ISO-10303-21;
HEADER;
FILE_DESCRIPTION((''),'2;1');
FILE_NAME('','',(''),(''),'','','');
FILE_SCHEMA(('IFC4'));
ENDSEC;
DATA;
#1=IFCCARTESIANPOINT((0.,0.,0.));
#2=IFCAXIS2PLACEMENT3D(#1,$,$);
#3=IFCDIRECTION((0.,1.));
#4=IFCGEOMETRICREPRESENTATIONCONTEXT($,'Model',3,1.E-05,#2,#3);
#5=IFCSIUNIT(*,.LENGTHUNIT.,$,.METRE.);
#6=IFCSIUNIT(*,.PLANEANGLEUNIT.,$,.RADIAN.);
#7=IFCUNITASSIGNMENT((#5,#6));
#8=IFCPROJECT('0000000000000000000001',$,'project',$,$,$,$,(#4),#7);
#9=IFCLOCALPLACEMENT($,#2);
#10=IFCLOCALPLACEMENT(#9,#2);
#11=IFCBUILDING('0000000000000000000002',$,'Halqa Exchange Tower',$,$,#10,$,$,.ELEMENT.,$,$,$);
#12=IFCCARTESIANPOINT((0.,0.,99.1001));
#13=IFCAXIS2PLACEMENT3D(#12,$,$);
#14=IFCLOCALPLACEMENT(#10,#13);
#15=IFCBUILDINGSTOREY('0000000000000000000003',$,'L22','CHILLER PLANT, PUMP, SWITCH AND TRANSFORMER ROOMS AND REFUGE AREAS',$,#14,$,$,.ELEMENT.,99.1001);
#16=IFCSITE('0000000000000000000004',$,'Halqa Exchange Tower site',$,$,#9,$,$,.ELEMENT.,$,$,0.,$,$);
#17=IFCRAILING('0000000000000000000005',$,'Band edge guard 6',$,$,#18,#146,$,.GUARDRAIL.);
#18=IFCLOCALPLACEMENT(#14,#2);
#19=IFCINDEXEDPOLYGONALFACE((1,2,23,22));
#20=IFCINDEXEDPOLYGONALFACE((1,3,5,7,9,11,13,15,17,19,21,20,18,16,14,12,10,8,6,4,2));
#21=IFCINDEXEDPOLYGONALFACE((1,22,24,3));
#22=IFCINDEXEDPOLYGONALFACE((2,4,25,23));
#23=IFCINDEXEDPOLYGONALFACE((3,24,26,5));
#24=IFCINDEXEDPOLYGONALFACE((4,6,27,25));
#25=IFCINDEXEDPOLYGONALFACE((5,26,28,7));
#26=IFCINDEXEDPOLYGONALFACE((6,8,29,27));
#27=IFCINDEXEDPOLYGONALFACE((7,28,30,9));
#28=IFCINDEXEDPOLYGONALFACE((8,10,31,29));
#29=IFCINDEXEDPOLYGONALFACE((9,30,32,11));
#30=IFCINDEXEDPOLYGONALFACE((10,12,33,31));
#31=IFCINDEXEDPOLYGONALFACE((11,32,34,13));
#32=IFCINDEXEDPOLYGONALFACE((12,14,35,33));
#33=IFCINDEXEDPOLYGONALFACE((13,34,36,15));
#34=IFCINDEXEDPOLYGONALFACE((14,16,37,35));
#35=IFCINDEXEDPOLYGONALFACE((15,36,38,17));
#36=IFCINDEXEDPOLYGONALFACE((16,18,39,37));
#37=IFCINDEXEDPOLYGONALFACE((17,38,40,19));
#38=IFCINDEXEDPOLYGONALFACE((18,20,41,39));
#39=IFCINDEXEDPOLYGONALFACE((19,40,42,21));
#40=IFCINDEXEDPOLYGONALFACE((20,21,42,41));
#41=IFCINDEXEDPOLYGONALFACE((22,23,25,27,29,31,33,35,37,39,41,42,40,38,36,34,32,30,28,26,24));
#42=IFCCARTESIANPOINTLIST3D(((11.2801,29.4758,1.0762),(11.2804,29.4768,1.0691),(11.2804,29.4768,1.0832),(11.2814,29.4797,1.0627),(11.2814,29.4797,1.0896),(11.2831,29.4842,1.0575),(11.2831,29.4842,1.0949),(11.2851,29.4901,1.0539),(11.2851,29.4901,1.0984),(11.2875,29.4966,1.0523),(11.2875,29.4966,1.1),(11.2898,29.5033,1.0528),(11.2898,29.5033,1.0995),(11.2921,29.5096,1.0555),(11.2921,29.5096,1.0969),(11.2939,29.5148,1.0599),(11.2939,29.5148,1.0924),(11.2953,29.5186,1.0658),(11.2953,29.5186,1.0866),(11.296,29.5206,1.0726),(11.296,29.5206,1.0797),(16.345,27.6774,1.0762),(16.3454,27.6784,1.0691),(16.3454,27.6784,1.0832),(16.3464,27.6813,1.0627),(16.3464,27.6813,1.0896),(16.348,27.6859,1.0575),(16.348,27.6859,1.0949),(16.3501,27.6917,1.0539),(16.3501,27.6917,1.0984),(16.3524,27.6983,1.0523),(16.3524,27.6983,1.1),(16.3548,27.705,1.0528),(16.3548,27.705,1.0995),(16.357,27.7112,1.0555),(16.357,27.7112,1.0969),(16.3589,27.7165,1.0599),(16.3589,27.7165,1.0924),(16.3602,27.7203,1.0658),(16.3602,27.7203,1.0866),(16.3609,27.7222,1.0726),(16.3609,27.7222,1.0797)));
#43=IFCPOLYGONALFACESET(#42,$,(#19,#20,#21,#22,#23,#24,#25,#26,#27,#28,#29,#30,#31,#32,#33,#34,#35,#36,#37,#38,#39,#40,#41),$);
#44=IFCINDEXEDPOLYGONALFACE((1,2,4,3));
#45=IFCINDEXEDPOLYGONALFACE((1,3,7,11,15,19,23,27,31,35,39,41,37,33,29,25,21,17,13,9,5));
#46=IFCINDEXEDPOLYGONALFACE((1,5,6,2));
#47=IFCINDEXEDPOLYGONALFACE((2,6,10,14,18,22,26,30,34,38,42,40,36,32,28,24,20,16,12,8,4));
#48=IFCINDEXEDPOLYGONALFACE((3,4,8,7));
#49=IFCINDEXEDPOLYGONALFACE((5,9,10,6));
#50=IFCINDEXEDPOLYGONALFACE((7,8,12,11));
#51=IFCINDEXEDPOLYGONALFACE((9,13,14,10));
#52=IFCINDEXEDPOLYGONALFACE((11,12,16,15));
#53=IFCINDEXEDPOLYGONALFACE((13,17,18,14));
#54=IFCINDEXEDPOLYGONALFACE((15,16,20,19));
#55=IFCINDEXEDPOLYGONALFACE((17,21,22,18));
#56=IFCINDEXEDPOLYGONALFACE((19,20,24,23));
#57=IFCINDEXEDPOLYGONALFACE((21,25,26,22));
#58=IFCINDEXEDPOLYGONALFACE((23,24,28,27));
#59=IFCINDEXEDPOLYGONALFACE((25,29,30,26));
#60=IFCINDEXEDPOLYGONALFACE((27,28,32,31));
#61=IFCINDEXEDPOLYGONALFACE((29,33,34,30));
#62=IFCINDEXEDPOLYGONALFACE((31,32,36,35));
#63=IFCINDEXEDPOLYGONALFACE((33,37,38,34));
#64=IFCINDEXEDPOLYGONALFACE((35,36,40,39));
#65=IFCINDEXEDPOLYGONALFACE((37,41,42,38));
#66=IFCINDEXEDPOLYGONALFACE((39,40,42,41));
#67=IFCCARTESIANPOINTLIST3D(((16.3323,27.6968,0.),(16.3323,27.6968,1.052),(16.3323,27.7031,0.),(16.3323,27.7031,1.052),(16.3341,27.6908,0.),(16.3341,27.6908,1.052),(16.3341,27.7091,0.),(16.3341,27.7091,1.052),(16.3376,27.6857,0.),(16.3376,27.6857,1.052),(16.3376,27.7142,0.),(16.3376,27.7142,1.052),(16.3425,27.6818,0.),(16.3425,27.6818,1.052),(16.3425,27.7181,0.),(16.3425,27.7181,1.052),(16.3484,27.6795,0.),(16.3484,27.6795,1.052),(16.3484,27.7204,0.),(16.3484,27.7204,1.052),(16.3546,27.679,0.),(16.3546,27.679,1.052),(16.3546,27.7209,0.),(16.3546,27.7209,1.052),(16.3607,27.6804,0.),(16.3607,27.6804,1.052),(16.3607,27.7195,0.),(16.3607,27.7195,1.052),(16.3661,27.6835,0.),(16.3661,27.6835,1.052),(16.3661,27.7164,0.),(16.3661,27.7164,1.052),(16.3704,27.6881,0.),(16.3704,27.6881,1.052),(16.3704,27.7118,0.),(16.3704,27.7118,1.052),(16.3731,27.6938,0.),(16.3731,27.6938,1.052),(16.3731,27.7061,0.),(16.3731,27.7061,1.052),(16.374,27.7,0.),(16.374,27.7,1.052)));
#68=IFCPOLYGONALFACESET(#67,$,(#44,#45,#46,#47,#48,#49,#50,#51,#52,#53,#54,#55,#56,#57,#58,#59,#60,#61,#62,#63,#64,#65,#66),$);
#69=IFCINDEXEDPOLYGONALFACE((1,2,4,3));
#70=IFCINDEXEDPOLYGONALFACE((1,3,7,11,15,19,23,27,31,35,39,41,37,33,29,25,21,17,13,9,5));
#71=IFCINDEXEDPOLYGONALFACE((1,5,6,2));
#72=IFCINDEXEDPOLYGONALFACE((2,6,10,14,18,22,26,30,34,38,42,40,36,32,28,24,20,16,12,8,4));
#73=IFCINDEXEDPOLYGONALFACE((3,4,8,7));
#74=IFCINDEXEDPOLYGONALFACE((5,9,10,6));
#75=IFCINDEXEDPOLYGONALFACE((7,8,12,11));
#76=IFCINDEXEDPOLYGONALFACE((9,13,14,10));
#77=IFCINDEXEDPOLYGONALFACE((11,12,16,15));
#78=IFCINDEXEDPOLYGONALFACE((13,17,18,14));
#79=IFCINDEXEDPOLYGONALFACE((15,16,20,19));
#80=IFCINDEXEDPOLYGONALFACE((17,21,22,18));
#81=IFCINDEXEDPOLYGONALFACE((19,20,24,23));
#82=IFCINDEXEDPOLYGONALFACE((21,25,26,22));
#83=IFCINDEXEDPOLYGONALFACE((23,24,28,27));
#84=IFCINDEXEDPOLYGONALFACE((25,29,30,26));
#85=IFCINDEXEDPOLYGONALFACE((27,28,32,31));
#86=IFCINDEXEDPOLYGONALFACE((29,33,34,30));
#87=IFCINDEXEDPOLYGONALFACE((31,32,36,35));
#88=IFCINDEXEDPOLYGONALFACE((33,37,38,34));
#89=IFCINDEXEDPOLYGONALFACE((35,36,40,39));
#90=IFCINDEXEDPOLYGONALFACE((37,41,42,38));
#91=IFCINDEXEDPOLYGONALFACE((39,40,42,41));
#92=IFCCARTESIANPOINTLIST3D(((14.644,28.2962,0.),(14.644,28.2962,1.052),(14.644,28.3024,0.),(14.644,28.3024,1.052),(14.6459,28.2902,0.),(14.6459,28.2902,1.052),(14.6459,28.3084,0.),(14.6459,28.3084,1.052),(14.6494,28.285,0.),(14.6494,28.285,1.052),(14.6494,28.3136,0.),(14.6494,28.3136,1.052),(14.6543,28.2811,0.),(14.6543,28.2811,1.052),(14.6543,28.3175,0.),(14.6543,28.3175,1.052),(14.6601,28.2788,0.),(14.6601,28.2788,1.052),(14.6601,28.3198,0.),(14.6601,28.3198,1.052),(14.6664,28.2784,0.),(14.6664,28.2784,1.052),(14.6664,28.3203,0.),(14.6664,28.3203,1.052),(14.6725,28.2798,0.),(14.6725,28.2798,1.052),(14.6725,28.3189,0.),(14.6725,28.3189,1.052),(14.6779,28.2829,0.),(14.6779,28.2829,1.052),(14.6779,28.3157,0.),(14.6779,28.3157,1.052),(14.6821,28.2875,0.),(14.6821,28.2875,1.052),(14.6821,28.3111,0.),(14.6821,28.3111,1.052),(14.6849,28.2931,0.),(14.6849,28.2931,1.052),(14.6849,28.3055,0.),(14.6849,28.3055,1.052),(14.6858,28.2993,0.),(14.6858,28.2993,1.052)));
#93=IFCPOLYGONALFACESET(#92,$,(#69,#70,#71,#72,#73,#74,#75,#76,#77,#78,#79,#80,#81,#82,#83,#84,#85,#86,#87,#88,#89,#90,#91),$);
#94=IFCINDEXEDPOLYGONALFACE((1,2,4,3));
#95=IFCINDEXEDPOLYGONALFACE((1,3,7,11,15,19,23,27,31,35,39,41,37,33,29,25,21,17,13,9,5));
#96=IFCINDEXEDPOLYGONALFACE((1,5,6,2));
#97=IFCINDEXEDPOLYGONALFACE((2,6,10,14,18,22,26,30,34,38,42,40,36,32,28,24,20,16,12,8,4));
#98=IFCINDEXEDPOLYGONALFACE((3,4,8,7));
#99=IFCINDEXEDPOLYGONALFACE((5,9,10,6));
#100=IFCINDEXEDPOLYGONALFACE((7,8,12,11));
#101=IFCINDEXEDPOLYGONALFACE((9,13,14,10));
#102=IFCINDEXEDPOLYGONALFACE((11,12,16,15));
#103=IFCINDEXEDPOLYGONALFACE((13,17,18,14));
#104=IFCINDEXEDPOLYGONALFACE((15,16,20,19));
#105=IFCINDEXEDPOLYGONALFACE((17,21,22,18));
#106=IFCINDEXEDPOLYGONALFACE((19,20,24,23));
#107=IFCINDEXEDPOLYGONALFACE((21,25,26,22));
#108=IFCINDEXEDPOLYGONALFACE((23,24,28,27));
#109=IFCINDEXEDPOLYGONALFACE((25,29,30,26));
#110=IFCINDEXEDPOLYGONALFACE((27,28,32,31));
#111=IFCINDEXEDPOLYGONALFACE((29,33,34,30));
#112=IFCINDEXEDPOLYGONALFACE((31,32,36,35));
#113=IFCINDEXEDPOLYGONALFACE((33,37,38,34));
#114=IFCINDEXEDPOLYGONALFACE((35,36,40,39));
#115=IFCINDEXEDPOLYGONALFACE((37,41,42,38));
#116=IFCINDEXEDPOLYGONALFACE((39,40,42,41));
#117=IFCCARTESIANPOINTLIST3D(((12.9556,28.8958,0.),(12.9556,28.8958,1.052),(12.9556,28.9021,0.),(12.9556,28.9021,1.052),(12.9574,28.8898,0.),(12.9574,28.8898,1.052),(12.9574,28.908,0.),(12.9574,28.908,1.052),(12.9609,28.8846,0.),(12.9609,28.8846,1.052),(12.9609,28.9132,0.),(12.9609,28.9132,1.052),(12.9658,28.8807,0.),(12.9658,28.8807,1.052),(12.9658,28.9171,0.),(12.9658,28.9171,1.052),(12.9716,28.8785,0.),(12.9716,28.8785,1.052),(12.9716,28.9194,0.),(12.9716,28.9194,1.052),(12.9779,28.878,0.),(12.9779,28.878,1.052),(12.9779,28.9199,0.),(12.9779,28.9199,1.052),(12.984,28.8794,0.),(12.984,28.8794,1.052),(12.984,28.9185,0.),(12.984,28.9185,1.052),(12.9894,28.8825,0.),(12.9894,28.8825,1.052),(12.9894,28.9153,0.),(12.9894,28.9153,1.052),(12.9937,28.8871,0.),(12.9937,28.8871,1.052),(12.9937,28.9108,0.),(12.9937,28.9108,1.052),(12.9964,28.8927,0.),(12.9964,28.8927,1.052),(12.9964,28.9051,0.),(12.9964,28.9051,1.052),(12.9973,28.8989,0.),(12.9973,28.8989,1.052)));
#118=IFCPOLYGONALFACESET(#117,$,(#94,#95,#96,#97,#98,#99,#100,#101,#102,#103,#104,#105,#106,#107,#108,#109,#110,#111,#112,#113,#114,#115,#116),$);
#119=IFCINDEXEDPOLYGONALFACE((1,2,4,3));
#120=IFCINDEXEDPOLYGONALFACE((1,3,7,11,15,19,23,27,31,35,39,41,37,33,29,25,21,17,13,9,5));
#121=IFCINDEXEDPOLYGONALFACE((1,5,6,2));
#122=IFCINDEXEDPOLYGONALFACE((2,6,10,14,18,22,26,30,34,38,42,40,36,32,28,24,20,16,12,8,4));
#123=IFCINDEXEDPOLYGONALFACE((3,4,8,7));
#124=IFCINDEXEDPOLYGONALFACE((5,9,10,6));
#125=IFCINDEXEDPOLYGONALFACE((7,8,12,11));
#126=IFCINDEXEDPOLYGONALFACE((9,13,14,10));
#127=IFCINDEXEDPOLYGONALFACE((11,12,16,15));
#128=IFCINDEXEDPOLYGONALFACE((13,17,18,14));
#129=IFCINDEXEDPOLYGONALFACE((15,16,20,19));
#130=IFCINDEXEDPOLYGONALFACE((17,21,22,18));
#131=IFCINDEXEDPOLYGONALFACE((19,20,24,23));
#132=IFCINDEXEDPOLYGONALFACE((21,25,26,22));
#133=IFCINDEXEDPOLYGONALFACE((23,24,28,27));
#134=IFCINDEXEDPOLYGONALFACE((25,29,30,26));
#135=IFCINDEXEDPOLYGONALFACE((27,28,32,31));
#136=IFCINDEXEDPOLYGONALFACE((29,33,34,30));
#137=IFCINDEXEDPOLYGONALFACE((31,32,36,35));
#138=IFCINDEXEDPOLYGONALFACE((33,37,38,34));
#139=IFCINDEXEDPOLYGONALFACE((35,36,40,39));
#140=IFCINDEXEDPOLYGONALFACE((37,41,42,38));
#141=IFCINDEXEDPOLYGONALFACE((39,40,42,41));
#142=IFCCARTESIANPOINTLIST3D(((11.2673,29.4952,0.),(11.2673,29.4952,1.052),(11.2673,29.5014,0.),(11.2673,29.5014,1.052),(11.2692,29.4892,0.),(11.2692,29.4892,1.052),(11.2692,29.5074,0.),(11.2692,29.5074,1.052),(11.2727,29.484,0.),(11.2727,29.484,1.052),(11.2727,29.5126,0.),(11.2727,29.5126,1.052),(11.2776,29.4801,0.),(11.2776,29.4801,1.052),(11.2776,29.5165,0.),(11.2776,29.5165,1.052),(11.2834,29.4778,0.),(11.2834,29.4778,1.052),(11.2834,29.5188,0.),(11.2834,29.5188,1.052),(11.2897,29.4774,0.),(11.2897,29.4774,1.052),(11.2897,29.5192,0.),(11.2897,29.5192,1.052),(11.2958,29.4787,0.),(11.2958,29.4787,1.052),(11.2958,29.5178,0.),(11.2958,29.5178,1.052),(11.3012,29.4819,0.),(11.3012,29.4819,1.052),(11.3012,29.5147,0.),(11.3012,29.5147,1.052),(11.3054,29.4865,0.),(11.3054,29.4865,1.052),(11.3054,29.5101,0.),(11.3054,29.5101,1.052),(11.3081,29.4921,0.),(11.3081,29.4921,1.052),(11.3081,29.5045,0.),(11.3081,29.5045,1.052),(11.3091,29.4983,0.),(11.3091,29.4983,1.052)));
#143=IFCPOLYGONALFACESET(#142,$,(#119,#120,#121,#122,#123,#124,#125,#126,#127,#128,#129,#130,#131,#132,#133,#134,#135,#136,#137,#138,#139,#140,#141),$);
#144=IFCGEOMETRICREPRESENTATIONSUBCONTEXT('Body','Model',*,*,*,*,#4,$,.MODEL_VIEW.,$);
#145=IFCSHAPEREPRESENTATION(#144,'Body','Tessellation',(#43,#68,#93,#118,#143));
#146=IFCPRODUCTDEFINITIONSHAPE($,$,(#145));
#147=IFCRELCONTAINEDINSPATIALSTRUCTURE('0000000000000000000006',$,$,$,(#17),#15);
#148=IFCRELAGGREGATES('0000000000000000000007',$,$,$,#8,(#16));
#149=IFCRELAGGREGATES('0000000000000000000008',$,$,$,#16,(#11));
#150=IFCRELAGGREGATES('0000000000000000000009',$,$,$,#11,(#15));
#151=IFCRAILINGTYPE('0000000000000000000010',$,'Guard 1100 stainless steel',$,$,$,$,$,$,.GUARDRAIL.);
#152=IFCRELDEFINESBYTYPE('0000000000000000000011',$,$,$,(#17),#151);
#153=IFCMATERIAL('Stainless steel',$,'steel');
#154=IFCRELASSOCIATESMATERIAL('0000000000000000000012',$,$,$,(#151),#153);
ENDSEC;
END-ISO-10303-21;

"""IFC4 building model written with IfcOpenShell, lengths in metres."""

from ifc_helpers import new_model, si_unit, direction, frame, origin, origin_2d, place, context, subcontext, project, spatial, circle, extrude, material, type_object, element, save


model = new_model("IFC4")

# Units and contexts
model_context = context("Model", 3, precision=1e-05, world=origin(), true_north=direction((0.0, 1.0)))
body_context = subcontext(model_context, "Body", "Model", "MODEL_VIEW")
ifc_project = project(units=[si_unit("LENGTHUNIT", "METRE"), si_unit("PLANEANGLEUNIT", "RADIAN")], contexts=[model_context])

# Site, building, storey
site_placement = place(None, origin())
site = spatial("IfcSite", under=ifc_project, at=site_placement, Name="Halqa Exchange Tower site", CompositionType="ELEMENT", RefElevation=0.0)
building_placement = place(site_placement, origin())
building = spatial("IfcBuilding", under=site, at=building_placement, Name="Halqa Exchange Tower", CompositionType="ELEMENT")
storey_placement = place(building_placement, frame((0.0, 0.0, 99.1001)))
storey = spatial("IfcBuildingStorey", under=building, at=storey_placement, Name="L22", Description="CHILLER PLANT, PUMP, SWITCH AND TRANSFORMER ROOMS AND REFUGE AREAS", CompositionType="ELEMENT", Elevation=99.1001)

# Railing
ifc_material_1 = material(Name="Stainless steel", Category="steel")
railing_type = type_object("IfcRailingType", Name="Guard 1100 stainless steel", PredefinedType="GUARDRAIL", material=ifc_material_1)
railing_1_placement = place(storey_placement, frame((16.353, 27.7, 0.0)))
element("IfcRailing", 1, at=railing_1_placement, inside=storey, type_object=railing_type, Name="Band edge guard 6", PredefinedType="GUARDRAIL", context=body_context, shape_type="SweptSolid", body=[
    extrude(circle(Radius=0.0239, at=origin_2d()), frame((0.0, 0.0, 1.0762), z_axis=(-0.942363, 0.334592, 0.0), x_axis=(-0.334592, -0.942363, 0.0)), (0.0, 0.0, 1.0), 5.3748),
    extrude(circle(Radius=0.021, at=origin_2d()), origin(), (0.0, 0.0, 1.0), 1.052),
    extrude(circle(Radius=0.021, at=origin_2d()), frame((-1.6882, 0.5994, 0.0)), (0.0, 0.0, 1.0), 1.052),
    extrude(circle(Radius=0.021, at=origin_2d()), frame((-3.3767, 1.199, 0.0)), (0.0, 0.0, 1.0), 1.052),
    extrude(circle(Radius=0.021, at=origin_2d()), frame((-5.0649, 1.7983, 0.0)), (0.0, 0.0, 1.0), 1.052),
])

save(model, "model.ifc")
